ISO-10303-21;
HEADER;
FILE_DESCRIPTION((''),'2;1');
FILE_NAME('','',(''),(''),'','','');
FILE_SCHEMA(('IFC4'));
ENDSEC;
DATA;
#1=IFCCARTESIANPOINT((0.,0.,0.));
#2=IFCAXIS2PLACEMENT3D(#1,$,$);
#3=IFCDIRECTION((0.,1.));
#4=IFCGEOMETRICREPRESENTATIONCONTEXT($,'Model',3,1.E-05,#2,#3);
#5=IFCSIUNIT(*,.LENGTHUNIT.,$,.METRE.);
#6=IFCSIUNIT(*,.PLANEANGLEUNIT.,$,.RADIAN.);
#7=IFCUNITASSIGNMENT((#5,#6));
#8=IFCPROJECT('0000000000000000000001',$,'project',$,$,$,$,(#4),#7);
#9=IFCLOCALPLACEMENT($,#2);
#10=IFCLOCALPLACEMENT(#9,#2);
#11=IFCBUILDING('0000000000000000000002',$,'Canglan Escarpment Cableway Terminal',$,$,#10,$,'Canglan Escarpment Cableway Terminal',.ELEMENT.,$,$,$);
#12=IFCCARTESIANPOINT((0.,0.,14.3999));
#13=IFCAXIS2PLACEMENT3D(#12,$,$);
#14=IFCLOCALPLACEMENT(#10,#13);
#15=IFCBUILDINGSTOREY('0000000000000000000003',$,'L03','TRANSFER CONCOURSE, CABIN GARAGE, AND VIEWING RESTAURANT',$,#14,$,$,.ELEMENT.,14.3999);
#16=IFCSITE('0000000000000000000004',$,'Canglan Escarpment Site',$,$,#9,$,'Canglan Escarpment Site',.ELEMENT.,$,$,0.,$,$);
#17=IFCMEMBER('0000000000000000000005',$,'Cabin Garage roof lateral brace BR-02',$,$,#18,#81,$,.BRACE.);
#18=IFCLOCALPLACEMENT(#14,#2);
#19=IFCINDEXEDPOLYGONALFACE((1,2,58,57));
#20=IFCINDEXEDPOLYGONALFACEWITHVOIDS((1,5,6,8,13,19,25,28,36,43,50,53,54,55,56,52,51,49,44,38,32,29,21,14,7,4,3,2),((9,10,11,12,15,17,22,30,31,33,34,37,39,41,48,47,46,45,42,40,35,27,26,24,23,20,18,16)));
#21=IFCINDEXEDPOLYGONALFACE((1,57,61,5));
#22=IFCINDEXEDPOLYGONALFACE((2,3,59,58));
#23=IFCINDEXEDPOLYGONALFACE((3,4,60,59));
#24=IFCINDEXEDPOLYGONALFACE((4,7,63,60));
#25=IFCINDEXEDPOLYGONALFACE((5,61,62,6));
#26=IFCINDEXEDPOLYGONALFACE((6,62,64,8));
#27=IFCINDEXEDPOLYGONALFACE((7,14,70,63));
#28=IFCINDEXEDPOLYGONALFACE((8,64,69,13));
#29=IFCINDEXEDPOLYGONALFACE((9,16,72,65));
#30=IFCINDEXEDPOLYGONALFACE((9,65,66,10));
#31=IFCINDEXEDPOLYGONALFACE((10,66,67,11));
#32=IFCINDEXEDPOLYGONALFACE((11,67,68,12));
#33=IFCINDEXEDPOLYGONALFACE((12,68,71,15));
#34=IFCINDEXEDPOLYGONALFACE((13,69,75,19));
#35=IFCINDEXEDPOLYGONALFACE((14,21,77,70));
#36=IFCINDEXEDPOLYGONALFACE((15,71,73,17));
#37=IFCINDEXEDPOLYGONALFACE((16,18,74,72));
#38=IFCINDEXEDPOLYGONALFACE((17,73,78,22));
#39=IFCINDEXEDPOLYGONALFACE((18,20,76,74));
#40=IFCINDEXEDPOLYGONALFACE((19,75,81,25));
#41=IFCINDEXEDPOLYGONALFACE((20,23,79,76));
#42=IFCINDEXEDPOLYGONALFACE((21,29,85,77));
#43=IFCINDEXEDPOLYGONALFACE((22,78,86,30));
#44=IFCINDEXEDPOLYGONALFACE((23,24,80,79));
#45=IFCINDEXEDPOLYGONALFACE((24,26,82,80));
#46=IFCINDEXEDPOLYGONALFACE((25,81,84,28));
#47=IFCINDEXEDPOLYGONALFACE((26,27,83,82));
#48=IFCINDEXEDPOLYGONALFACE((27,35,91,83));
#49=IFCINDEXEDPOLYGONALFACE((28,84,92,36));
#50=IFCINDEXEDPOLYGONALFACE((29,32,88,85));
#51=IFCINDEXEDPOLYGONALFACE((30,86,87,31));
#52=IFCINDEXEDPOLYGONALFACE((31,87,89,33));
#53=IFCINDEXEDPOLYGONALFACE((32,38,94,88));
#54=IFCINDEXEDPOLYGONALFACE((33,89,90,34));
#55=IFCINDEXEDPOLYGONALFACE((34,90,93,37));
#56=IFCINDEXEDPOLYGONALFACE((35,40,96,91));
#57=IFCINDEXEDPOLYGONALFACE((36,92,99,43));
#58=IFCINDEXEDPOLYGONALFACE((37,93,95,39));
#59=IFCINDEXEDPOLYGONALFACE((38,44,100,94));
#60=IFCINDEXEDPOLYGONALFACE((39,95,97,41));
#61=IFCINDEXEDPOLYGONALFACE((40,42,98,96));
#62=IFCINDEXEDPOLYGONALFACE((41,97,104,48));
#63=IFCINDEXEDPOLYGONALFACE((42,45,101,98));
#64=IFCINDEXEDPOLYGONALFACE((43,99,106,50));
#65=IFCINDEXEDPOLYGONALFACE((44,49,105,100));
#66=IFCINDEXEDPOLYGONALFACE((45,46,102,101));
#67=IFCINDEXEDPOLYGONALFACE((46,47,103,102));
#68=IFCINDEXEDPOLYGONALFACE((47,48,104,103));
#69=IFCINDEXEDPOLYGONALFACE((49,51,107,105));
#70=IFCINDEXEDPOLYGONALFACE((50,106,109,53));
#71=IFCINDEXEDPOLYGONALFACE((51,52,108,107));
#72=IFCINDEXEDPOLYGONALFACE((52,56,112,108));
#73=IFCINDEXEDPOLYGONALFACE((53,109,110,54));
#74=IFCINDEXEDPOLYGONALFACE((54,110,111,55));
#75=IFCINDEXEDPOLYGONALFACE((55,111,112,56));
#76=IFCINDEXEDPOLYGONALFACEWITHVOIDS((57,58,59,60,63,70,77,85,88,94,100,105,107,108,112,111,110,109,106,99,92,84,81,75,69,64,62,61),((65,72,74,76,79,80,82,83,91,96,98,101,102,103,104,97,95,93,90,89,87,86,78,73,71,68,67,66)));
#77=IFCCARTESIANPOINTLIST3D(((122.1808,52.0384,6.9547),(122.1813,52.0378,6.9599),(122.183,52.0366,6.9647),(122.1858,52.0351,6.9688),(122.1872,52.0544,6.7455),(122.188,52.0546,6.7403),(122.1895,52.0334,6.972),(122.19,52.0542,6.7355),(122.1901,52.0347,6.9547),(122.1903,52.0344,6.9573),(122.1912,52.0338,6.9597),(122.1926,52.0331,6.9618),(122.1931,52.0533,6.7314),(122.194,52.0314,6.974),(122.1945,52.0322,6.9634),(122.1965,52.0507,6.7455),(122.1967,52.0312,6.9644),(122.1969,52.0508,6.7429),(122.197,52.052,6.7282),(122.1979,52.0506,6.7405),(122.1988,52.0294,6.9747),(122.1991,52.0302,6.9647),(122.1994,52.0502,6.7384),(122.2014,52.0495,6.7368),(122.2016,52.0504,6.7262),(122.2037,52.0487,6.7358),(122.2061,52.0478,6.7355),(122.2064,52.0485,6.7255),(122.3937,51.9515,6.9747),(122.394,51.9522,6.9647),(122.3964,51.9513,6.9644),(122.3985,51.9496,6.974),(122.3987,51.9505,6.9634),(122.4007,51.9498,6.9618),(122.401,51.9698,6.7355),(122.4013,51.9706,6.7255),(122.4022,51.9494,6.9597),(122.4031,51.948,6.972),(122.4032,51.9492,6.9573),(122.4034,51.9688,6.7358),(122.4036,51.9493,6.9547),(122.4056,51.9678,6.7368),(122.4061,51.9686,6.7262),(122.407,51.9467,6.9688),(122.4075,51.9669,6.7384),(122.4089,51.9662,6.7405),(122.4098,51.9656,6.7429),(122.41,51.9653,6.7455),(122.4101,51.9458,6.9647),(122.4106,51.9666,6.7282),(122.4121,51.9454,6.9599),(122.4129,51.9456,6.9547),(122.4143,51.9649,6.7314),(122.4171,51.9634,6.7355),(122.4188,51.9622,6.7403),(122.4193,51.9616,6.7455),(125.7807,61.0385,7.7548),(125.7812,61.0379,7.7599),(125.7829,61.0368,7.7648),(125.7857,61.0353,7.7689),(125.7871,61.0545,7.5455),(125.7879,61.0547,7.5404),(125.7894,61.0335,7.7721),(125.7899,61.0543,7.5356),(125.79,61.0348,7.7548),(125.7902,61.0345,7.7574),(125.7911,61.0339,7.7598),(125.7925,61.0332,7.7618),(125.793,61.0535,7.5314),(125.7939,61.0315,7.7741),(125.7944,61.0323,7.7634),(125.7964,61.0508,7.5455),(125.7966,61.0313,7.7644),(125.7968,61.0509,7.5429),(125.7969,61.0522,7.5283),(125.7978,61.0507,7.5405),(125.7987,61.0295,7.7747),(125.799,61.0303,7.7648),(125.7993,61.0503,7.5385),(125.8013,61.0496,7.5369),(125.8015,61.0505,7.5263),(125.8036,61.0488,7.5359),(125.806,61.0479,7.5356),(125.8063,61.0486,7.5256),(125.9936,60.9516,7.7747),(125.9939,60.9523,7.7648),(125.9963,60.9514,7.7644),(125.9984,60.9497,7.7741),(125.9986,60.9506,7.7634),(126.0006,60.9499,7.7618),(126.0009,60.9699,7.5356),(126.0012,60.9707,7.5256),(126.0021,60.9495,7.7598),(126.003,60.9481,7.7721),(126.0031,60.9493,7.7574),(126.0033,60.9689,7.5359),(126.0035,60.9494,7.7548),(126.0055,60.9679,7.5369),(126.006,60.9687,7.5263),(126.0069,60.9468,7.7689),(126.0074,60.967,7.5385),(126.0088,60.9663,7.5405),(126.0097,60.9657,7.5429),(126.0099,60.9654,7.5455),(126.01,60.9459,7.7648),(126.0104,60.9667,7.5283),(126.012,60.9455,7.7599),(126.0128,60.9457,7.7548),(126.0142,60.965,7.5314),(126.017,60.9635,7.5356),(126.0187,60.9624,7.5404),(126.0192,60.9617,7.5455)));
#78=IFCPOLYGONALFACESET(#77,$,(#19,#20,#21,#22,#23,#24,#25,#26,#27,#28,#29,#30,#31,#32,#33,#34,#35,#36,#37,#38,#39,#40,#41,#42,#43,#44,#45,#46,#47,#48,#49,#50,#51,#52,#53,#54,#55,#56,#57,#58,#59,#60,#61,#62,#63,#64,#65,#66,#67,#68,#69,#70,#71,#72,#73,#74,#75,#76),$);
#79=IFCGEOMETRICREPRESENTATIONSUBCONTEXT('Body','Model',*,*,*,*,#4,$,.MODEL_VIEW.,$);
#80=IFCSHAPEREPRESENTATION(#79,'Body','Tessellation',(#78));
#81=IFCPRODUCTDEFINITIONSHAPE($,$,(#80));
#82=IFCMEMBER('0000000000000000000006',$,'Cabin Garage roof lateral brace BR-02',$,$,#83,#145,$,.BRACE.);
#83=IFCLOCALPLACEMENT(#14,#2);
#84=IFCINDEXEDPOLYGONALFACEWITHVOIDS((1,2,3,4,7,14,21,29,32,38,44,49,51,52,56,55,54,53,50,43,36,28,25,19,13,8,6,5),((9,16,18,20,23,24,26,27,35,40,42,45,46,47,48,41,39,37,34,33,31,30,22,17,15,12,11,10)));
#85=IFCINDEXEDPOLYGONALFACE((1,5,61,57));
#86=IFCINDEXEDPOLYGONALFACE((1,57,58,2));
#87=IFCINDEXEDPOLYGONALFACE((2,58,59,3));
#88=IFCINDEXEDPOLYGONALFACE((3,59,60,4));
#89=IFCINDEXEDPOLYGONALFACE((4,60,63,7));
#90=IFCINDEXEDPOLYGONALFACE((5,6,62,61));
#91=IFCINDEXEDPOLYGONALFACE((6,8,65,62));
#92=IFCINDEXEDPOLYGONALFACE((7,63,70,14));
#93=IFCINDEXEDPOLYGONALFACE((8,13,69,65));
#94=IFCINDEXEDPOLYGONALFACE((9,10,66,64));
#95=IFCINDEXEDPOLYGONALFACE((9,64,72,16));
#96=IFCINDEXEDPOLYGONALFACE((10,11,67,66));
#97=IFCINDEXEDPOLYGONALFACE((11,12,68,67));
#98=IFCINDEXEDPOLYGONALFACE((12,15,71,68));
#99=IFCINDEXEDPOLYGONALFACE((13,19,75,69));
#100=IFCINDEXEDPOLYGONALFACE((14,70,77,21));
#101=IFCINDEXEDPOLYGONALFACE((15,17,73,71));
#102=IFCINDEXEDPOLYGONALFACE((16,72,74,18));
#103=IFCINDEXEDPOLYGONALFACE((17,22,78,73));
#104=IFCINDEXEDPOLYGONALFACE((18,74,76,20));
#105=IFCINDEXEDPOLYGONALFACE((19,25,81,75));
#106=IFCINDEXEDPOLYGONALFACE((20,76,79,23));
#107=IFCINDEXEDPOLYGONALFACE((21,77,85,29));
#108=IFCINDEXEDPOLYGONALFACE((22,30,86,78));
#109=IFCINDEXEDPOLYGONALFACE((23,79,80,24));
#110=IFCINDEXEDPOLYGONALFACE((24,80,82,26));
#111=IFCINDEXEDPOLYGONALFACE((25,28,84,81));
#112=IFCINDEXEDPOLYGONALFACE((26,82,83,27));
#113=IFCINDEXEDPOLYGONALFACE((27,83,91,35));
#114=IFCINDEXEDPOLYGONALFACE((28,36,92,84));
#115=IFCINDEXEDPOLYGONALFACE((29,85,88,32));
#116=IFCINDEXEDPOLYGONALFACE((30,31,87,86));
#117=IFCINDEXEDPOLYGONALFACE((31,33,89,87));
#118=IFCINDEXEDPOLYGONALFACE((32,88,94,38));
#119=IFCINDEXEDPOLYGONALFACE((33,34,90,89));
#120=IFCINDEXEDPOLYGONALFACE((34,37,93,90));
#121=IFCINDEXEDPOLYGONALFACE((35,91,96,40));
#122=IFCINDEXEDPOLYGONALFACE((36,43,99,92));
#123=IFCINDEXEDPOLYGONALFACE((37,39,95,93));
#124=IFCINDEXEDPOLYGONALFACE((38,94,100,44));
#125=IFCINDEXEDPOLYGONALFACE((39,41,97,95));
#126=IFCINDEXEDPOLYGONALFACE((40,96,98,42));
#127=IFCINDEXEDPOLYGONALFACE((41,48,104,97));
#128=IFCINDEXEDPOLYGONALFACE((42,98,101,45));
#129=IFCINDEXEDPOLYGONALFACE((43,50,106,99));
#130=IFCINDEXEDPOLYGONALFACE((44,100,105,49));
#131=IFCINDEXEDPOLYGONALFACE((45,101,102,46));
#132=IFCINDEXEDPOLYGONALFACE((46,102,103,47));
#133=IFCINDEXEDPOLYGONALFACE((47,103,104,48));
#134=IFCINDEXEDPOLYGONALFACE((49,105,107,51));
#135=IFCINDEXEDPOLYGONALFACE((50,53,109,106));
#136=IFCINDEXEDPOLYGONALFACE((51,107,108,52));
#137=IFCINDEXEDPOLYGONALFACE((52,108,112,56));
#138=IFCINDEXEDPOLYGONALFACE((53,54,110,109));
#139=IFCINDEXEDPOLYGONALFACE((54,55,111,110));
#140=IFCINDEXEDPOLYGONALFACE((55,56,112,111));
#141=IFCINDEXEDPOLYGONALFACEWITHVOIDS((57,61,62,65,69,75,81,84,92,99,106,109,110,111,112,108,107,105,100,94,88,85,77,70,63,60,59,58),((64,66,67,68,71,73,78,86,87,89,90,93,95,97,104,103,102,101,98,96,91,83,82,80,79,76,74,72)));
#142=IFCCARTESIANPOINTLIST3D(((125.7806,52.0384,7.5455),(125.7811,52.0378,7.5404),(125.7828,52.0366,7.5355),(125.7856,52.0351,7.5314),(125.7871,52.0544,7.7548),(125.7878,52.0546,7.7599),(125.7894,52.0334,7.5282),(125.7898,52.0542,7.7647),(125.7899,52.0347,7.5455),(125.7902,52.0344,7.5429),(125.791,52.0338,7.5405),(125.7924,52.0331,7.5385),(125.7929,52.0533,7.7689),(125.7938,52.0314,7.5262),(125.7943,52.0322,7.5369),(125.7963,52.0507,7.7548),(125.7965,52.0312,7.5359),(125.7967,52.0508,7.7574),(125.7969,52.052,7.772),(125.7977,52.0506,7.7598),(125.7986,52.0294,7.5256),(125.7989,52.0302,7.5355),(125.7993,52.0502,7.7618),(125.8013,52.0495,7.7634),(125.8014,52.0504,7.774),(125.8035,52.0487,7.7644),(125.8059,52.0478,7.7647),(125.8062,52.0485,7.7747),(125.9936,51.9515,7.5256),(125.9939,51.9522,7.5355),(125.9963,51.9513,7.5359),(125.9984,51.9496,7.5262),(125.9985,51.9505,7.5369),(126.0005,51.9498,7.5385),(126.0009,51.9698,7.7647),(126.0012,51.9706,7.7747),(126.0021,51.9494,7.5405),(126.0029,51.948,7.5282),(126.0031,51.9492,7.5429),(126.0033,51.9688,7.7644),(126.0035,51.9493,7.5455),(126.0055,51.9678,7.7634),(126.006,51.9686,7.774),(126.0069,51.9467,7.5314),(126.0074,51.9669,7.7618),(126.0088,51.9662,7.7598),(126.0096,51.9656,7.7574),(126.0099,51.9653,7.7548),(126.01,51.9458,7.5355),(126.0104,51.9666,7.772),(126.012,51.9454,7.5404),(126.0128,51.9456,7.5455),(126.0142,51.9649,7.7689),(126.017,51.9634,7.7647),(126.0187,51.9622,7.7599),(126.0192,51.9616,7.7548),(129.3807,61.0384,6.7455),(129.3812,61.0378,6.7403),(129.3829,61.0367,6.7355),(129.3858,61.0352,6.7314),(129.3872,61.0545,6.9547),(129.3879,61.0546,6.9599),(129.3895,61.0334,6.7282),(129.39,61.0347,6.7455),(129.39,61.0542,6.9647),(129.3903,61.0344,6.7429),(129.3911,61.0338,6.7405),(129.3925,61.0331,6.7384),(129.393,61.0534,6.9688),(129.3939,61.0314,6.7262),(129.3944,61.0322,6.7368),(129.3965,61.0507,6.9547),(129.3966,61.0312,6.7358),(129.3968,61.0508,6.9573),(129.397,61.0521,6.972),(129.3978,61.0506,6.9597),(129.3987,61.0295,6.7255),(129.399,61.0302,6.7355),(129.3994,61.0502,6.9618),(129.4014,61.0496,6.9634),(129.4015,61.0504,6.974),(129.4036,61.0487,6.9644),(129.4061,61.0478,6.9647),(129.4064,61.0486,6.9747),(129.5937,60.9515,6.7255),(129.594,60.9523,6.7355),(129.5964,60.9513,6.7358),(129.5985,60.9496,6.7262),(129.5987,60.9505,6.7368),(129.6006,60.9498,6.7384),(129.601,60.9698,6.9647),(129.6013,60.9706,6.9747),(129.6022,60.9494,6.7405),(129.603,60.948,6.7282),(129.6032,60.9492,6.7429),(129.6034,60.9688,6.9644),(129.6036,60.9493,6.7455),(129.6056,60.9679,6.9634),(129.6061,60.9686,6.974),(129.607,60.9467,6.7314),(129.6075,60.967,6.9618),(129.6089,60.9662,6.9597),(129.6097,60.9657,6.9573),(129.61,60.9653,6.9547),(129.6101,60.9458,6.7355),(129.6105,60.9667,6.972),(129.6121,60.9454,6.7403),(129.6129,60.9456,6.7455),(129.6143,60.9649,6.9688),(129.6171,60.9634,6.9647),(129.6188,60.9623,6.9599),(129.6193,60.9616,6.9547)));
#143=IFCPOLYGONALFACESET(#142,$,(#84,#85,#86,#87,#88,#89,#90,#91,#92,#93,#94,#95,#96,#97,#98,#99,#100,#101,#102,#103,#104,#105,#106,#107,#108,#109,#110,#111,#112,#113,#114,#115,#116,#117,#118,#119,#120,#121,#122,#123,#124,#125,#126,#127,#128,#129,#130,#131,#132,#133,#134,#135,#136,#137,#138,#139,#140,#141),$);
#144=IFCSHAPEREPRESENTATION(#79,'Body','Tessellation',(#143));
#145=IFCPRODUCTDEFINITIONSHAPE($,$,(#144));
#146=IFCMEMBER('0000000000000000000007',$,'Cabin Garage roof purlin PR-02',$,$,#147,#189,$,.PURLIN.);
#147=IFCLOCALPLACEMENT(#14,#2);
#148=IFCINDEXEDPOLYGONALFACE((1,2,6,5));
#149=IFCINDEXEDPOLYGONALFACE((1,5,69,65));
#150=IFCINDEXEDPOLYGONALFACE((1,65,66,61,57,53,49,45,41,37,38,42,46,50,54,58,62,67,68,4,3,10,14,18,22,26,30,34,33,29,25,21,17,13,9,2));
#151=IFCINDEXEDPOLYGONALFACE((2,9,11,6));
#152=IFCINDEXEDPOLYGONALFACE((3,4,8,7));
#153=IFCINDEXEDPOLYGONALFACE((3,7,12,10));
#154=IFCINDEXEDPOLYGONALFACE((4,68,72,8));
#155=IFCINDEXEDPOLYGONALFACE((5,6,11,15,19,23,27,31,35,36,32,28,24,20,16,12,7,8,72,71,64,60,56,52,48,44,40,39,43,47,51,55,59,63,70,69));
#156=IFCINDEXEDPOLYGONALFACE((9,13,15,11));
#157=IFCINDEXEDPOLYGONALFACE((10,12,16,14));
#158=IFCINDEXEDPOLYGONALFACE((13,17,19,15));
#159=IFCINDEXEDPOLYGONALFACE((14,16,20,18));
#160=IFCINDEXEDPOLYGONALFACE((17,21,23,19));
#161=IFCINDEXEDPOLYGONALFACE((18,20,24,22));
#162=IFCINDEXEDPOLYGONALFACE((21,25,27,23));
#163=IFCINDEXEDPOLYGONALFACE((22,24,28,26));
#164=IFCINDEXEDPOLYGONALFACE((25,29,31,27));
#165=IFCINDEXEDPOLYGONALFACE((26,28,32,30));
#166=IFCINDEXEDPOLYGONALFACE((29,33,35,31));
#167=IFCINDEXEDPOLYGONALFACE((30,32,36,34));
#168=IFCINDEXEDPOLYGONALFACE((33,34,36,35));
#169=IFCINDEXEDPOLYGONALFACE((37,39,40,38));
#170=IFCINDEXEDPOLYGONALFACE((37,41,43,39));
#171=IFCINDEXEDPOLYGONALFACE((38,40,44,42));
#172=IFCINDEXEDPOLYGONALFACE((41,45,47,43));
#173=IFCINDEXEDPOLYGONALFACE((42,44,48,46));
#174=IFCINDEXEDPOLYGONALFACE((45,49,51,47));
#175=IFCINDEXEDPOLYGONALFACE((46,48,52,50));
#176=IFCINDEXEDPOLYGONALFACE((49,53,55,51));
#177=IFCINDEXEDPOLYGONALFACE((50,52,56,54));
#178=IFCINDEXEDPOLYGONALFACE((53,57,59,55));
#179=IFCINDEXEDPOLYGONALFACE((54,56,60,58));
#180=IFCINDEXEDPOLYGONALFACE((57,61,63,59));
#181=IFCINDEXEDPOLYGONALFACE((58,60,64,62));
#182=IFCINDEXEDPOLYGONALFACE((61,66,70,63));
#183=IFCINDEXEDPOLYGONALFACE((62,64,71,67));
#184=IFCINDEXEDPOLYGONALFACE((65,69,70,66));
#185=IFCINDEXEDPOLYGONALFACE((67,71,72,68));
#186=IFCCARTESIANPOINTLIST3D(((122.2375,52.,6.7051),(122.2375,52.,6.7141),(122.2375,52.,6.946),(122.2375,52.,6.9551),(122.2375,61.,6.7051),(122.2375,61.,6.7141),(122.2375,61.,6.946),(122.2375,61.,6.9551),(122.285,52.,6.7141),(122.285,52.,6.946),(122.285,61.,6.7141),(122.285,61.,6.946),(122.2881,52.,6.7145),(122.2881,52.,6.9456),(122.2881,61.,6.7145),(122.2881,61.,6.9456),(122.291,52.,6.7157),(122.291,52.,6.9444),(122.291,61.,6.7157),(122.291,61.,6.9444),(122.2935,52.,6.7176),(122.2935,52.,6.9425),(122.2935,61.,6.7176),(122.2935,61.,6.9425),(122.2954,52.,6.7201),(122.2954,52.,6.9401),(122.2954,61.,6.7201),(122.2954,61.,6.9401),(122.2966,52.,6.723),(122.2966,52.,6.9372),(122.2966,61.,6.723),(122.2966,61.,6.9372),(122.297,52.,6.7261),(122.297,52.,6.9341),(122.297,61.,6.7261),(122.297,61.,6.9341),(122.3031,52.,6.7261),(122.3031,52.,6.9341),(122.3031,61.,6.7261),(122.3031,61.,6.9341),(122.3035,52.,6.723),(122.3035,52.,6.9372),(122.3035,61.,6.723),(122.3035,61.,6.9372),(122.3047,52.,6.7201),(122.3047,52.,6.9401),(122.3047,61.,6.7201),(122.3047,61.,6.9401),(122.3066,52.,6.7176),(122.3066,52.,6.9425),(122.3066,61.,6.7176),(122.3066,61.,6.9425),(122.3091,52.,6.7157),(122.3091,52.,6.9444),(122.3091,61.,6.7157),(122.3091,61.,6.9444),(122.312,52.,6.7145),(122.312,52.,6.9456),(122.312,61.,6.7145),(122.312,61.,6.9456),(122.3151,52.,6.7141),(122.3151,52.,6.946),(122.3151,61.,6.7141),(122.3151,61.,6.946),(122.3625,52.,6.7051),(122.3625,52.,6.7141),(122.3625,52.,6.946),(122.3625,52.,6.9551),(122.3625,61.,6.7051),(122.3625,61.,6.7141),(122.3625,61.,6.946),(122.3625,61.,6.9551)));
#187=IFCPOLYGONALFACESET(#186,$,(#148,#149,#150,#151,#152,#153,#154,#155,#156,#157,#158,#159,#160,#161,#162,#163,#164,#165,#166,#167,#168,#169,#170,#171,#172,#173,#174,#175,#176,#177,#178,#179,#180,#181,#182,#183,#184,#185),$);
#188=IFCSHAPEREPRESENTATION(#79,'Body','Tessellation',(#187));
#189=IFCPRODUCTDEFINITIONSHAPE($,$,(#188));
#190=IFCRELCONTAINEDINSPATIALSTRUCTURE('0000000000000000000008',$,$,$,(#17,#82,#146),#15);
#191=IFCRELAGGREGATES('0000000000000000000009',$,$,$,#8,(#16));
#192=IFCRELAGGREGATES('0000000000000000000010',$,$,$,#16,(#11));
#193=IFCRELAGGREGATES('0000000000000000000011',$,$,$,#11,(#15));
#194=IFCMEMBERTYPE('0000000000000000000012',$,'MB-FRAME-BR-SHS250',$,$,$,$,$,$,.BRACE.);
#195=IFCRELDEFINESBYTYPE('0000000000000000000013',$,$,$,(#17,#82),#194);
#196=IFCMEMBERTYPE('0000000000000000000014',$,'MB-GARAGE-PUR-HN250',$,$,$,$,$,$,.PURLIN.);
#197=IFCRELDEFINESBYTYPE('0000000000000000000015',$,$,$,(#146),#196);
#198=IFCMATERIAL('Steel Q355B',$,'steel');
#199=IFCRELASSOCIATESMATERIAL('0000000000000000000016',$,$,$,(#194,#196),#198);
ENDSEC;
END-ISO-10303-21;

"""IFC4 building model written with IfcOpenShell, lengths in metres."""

from ifc_helpers import new_model, si_unit, direction, frame, origin, origin_2d, place, context, subcontext, project, spatial, hollow_rectangle, i_section, extrude, material, material_profile, profile_set, type_object, element, save


model = new_model("IFC4")

# Units and contexts
model_context = context("Model", 3, precision=1e-05, world=origin(), true_north=direction((0.0, 1.0)))
body_context = subcontext(model_context, "Body", "Model", "MODEL_VIEW")
ifc_project = project(units=[si_unit("LENGTHUNIT", "METRE"), si_unit("PLANEANGLEUNIT", "RADIAN")], contexts=[model_context])

# Site, building, storey
site_placement = place(None, origin())
site = spatial("IfcSite", under=ifc_project, at=site_placement, Name="Canglan Escarpment Site", LongName="Canglan Escarpment Site", CompositionType="ELEMENT", RefElevation=0.0)
building_placement = place(site_placement, origin())
building = spatial("IfcBuilding", under=site, at=building_placement, Name="Canglan Escarpment Cableway Terminal", LongName="Canglan Escarpment Cableway Terminal", CompositionType="ELEMENT")
storey_placement = place(building_placement, frame((0.0, 0.0, 14.3999)))
storey = spatial("IfcBuildingStorey", under=building, at=storey_placement, Name="L03", Description="TRANSFER CONCOURSE, CABIN GARAGE, AND VIEWING RESTAURANT", CompositionType="ELEMENT", Elevation=14.3999)

# Shared definitions
ifc_material_1 = material(Name="Steel Q355B", Category="steel")

# Members
ifc_material_profile_1 = material_profile(ifc_material_1, hollow_rectangle(XDim=0.25, YDim=0.25, WallThickness=0.01, InnerFilletRadius=0.01, OuterFilletRadius=0.02, at=origin_2d()), Name="SHS 250x250x10")
ifc_profile_set_1 = profile_set([ifc_material_profile_1], Name="Steel Q355B")
member_type_1 = type_object("IfcMemberType", Name="MB-FRAME-BR-SHS250", PredefinedType="BRACE", material=ifc_profile_set_1)
for number, where, z_axis, x_axis, name in (
    (1, (122.3, 52.0, 6.8501), (0.370119, 0.925335, 0.082257), (-0.928482, 0.371378, 0.0), "Cabin Garage roof lateral brace BR-02"),
    (2, (125.8999, 52.0, 7.6501), (0.370141, 0.925327, -0.082256), (-0.928473, 0.371399, 0.0), "Cabin Garage roof lateral brace BR-02"),
):
    element("IfcMember", number, at=place(storey_placement, frame(where, z_axis=z_axis, x_axis=x_axis)), inside=storey, type_object=member_type_1, Name=name, PredefinedType="BRACE", context=body_context, shape_type="SweptSolid", body=[
        extrude(hollow_rectangle(XDim=0.25, YDim=0.25, WallThickness=0.01, InnerFilletRadius=0.01, OuterFilletRadius=0.02, at=origin_2d()), origin(), (0.0, 0.0, 1.0), 9.7263),
    ])
ifc_material_profile_2 = material_profile(ifc_material_1, i_section(OverallWidth=0.125, OverallDepth=0.25, WebThickness=0.0061, FlangeThickness=0.009, FilletRadius=0.012, at=origin_2d()), Name="HN 250x125x6x9")
ifc_profile_set_2 = profile_set([ifc_material_profile_2], Name="Steel Q355B")
member_type_2 = type_object("IfcMemberType", Name="MB-GARAGE-PUR-HN250", PredefinedType="PURLIN", material=ifc_profile_set_2)
for number, where, z_axis, x_axis, name in (
    (3, (122.3, 52.0, 6.8301), (0.0, 1.0, 0.0), (-1.0, 0.0, 0.0), "Cabin Garage roof purlin PR-02"),
):
    element("IfcMember", number, at=place(storey_placement, frame(where, z_axis=z_axis, x_axis=x_axis)), inside=storey, type_object=member_type_2, Name=name, PredefinedType="PURLIN", context=body_context, shape_type="SweptSolid", body=[
        extrude(i_section(OverallWidth=0.125, OverallDepth=0.25, WebThickness=0.0061, FlangeThickness=0.009, FilletRadius=0.012, at=origin_2d()), origin(), (0.0, 0.0, 1.0), 9.0),
    ])

save(model, "model.ifc")
